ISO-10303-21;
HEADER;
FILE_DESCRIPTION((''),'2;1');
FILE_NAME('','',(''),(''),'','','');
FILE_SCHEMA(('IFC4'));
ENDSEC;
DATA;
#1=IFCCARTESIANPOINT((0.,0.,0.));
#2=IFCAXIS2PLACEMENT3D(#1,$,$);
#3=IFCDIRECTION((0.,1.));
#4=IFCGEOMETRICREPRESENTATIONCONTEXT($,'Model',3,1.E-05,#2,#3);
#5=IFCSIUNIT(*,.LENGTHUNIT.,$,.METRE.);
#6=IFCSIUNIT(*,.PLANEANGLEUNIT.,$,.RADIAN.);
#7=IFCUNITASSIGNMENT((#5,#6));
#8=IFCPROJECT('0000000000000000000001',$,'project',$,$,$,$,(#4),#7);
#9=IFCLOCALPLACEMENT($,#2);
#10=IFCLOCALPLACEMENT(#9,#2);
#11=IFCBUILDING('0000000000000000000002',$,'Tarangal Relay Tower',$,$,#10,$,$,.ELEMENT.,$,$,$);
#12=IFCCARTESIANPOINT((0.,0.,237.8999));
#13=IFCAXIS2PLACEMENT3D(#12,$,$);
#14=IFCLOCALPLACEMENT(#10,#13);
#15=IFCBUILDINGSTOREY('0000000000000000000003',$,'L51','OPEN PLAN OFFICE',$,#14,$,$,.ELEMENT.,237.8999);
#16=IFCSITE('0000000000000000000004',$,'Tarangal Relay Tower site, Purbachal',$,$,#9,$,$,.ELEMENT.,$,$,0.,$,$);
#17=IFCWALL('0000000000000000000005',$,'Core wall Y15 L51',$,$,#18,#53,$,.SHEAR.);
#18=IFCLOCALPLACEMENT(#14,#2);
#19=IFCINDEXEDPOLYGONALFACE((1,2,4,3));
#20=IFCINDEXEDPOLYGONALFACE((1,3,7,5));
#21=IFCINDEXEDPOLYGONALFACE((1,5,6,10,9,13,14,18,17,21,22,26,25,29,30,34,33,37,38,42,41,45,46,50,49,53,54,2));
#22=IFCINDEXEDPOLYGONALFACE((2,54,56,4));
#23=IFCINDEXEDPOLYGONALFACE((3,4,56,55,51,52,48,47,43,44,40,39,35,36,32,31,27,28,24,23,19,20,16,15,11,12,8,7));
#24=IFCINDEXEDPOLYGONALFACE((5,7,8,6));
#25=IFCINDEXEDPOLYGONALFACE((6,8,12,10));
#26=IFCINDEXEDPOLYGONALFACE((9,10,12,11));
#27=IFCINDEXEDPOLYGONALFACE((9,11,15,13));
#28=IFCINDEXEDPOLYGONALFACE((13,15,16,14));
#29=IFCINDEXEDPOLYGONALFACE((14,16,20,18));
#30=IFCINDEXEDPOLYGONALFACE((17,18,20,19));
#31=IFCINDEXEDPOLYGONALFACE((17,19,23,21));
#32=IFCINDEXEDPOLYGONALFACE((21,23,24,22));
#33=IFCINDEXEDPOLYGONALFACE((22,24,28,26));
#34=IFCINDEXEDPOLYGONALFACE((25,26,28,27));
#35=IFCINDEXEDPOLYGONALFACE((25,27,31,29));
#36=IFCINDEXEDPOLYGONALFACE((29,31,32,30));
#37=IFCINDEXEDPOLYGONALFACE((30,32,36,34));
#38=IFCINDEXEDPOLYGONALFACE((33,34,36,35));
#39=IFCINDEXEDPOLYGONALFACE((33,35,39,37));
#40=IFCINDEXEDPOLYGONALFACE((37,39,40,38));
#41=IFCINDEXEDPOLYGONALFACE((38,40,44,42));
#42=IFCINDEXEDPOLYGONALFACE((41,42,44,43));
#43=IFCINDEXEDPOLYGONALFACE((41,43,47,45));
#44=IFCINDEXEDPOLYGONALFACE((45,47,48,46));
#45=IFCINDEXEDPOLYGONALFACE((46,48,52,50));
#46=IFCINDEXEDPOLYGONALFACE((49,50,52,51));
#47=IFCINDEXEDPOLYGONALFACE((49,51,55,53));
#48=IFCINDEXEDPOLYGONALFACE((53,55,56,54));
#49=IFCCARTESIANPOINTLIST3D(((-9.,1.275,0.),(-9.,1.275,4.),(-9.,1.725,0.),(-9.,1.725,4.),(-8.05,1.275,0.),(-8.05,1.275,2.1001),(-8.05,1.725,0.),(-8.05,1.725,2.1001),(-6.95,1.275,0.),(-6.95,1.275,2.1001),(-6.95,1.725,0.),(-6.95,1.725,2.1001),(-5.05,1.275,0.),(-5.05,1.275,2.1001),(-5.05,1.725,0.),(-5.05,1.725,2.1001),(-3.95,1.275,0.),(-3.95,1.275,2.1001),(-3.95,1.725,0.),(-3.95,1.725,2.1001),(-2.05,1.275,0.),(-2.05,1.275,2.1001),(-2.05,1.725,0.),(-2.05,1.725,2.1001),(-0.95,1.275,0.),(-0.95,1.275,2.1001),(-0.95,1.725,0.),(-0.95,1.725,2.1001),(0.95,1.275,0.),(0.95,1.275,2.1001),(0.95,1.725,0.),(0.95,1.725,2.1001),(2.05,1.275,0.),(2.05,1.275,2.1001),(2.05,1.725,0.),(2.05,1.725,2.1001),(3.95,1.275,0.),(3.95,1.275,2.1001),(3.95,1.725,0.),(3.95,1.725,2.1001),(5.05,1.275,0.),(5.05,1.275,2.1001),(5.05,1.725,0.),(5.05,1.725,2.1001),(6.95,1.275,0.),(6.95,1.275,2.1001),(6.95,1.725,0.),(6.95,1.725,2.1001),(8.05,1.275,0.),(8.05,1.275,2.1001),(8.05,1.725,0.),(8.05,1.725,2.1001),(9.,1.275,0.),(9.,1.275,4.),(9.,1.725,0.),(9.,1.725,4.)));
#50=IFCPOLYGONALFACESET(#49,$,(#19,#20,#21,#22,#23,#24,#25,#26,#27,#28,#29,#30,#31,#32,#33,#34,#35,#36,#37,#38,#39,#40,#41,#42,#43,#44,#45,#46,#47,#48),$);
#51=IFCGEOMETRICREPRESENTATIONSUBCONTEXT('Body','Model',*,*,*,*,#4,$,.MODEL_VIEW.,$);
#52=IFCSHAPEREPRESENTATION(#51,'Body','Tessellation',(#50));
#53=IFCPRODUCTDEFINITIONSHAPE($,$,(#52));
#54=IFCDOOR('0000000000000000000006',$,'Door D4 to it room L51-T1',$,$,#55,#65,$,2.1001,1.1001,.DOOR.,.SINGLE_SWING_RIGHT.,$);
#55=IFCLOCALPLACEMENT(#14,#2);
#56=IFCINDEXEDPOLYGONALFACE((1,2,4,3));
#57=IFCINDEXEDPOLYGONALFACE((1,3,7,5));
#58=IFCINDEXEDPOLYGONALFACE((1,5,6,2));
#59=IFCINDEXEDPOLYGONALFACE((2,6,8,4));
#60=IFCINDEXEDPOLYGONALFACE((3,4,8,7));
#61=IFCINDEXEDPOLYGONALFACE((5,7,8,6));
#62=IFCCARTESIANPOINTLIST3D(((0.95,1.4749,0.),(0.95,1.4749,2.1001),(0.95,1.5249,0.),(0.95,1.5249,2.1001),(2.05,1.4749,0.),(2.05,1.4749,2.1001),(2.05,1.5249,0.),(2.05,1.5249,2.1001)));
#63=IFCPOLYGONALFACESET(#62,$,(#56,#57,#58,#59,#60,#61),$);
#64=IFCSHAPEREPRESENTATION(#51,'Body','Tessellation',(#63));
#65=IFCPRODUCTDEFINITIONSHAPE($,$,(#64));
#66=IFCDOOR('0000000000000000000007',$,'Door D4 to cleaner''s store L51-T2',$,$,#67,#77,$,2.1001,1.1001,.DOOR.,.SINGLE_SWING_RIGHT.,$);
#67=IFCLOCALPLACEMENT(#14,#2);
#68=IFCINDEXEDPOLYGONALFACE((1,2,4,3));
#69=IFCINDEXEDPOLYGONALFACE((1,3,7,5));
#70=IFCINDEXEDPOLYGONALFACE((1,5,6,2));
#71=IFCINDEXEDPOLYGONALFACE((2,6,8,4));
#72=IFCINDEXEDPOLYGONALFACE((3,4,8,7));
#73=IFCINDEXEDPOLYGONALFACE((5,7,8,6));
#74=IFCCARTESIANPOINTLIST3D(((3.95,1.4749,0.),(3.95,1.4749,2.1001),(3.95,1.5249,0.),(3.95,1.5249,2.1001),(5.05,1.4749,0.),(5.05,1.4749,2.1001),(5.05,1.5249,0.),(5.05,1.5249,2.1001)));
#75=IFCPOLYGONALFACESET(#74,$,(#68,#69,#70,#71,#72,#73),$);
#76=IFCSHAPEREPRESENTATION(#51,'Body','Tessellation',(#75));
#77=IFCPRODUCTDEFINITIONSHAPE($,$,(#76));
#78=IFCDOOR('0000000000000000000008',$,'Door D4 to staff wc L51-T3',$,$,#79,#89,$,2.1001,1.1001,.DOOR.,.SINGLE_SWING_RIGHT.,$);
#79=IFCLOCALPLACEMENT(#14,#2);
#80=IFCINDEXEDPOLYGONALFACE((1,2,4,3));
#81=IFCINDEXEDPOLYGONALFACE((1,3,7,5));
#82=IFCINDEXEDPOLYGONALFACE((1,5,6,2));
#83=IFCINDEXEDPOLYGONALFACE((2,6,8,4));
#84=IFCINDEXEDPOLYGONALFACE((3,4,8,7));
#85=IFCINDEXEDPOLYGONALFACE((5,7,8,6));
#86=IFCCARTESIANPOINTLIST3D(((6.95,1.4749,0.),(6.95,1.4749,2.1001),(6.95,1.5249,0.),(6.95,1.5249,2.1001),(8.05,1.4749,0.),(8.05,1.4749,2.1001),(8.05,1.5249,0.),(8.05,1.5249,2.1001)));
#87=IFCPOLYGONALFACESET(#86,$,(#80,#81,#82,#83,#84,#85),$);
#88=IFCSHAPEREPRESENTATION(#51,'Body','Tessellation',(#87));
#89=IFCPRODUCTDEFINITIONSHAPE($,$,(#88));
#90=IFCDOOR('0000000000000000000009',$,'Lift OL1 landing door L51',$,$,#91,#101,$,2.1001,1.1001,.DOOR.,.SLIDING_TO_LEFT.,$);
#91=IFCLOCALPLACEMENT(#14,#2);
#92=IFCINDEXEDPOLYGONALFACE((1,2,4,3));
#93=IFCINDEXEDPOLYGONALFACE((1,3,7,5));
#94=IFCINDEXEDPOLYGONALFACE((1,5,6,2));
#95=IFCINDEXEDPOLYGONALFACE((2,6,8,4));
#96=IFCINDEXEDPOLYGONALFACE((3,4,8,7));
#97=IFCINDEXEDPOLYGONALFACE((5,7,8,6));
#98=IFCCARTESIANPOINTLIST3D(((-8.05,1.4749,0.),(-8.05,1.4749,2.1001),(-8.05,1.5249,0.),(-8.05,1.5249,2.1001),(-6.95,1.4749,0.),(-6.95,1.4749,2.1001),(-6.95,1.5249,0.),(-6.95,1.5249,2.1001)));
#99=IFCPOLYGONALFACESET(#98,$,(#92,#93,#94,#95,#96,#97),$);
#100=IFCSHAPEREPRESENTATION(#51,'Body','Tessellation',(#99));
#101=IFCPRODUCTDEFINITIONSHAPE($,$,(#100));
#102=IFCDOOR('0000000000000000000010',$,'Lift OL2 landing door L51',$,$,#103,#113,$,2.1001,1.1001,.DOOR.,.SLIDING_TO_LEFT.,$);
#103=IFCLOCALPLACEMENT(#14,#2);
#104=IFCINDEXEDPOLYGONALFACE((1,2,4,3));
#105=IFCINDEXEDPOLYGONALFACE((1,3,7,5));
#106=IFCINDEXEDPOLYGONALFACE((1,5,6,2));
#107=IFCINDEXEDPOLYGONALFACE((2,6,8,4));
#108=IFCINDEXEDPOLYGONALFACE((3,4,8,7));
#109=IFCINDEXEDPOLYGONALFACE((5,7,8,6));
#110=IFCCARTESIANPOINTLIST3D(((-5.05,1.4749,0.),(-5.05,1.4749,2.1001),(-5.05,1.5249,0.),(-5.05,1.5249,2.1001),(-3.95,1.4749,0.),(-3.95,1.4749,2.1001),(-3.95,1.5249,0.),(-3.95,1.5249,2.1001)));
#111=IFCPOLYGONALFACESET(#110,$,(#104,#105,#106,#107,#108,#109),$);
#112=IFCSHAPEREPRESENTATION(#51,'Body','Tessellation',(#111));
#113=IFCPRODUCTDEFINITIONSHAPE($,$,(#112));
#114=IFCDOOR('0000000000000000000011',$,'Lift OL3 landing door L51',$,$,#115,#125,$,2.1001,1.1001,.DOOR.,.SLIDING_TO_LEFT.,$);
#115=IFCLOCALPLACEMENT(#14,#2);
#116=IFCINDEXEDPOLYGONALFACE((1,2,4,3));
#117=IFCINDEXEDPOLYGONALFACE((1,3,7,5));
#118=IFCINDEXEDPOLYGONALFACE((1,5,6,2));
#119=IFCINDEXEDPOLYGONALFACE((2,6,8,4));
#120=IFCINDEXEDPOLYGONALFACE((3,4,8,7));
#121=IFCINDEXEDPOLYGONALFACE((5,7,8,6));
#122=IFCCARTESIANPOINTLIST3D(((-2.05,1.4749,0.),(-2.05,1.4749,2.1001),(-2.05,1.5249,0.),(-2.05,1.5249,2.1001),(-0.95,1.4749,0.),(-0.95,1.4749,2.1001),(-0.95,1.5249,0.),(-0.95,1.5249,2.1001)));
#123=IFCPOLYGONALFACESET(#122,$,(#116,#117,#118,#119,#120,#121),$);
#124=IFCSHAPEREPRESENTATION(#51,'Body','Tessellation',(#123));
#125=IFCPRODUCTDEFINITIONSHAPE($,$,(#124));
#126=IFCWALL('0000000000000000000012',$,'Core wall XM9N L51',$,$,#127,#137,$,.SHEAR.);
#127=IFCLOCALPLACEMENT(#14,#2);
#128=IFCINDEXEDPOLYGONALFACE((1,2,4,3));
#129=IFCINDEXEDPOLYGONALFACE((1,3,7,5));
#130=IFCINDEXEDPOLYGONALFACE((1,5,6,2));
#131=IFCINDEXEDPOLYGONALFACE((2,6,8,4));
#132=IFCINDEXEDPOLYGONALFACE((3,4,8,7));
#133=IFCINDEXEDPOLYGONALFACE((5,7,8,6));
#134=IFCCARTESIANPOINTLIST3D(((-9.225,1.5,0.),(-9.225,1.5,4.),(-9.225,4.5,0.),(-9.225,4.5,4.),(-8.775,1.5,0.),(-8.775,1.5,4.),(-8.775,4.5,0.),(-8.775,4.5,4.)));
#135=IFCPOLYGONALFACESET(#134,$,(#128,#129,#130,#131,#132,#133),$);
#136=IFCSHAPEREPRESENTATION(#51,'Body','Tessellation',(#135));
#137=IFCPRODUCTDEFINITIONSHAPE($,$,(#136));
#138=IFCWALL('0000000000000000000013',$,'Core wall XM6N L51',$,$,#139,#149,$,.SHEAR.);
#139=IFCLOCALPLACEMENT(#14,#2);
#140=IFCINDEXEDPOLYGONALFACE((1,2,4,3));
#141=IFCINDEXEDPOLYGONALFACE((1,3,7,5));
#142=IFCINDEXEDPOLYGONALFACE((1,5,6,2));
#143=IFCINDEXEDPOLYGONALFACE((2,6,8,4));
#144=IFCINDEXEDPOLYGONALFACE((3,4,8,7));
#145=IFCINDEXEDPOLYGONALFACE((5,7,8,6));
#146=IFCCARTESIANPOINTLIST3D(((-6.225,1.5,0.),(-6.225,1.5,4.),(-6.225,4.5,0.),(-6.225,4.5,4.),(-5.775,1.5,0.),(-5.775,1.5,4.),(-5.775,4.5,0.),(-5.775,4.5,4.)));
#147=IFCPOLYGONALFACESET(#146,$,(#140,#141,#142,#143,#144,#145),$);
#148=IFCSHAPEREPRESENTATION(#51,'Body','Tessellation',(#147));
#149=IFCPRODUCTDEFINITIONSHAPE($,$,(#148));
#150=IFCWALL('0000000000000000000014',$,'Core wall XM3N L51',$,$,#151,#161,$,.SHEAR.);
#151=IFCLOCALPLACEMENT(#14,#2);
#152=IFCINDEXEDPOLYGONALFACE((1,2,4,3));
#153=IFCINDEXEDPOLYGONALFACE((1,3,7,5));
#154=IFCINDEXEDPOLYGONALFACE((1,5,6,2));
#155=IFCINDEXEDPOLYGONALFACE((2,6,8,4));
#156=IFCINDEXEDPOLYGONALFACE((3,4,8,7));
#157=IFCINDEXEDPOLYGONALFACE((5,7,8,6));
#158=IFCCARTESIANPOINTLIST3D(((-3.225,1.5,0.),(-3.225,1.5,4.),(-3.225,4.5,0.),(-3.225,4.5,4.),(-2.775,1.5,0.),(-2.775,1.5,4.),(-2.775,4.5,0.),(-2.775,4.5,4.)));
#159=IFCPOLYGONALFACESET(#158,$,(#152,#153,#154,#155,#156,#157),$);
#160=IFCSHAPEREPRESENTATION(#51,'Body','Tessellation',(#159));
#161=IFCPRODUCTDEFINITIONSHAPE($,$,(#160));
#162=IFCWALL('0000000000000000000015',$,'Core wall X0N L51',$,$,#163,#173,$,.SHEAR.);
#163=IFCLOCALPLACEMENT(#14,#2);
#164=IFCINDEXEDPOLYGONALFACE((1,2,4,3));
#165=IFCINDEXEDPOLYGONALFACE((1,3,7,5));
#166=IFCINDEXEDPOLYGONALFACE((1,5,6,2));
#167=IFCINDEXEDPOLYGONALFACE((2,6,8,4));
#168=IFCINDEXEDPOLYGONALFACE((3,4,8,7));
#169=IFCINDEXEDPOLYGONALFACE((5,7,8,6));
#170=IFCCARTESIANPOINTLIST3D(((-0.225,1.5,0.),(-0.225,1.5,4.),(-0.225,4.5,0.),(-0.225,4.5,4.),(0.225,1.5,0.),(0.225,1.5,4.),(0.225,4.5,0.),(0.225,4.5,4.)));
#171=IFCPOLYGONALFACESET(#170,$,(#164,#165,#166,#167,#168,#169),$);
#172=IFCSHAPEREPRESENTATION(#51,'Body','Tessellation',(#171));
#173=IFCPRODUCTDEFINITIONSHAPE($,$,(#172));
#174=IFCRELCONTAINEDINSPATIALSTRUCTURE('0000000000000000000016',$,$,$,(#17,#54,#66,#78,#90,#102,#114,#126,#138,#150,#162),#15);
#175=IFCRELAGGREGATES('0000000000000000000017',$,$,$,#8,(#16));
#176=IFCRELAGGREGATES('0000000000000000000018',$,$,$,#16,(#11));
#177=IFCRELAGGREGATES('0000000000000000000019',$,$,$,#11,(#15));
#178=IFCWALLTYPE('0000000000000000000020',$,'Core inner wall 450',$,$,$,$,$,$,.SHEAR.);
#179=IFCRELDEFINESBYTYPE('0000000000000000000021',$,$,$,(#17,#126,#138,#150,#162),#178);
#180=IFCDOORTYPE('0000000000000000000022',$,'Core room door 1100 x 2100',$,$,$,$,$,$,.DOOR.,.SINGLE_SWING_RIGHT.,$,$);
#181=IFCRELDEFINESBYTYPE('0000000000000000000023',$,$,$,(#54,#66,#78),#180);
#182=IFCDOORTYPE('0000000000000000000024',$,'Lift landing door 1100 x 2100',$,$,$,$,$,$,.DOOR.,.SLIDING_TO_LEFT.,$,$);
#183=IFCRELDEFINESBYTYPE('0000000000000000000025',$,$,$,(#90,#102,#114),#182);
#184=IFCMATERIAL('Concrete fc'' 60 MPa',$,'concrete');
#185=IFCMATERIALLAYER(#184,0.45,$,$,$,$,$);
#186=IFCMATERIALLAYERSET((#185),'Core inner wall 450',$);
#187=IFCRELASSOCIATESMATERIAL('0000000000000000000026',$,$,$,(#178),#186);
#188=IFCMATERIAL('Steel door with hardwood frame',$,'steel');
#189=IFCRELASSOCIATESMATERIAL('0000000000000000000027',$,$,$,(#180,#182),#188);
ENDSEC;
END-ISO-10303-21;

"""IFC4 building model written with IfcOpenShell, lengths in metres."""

from ifc_helpers import new_model, si_unit, direction, frame, frame_2d, origin, place, context, subcontext, project, spatial, rectangle, extrude, material, layer, layer_set, type_object, element, fill, save


model = new_model("IFC4")

# Units and contexts
model_context = context("Model", 3, precision=1e-05, world=origin(), true_north=direction((0.0, 1.0)))
body_context = subcontext(model_context, "Body", "Model", "MODEL_VIEW")
ifc_project = project(units=[si_unit("LENGTHUNIT", "METRE"), si_unit("PLANEANGLEUNIT", "RADIAN")], contexts=[model_context])

# Site, building, storey
site_placement = place(None, origin())
site = spatial("IfcSite", under=ifc_project, at=site_placement, Name="Tarangal Relay Tower site, Purbachal", CompositionType="ELEMENT", RefElevation=0.0)
building_placement = place(site_placement, origin())
building = spatial("IfcBuilding", under=site, at=building_placement, Name="Tarangal Relay Tower", CompositionType="ELEMENT")
storey_placement = place(building_placement, frame((0.0, 0.0, 237.8999)))
storey = spatial("IfcBuildingStorey", under=building, at=storey_placement, Name="L51", Description="OPEN PLAN OFFICE", CompositionType="ELEMENT", Elevation=237.8999)

# Wall, openings, doors
ifc_material_1 = material(Name="Concrete fc' 60 MPa", Category="concrete")
ifc_layer_1 = layer(ifc_material_1, 0.45)
ifc_layer_set_1 = layer_set([ifc_layer_1], Name="Core inner wall 450")
wall_type = type_object("IfcWallType", Name="Core inner wall 450", PredefinedType="SHEAR", material=ifc_layer_set_1)
ifc_material_2 = material(Name="Steel door with hardwood frame", Category="steel")
wall_1_placement = place(storey_placement, frame((-9.0, 1.5, 0.0), z_axis=(0.0, 0.0, 1.0), x_axis=(1.0, 0.0, 0.0)))
wall_1 = element("IfcWall", 1, at=wall_1_placement, inside=storey, type_object=wall_type, Name="Core wall Y15 L51", PredefinedType="SHEAR", context=body_context, shape_type="SweptSolid", body=[
    extrude(rectangle(XDim=18.0, YDim=0.45, at=frame_2d((9.0, 0.0))), origin(), (0.0, 0.0, 1.0), 4.0),
])
opening_1_placement = place(wall_1_placement, frame((0.95, 0.0, 0.0)))
opening_1 = element("IfcOpeningElement", 2, at=opening_1_placement, cuts=wall_1, PredefinedType="OPENING", context=body_context, shape_type="SweptSolid", body=[
    extrude(rectangle(XDim=1.1001, YDim=2.1001, at=frame_2d((0.55, 1.05))), frame((0.0, 0.2349, 0.0), z_axis=(0.0, -1.0, 0.0), x_axis=(1.0, 0.0, 0.0)), (0.0, 0.0, 1.0), 0.47),
])
opening_2_placement = place(wall_1_placement, frame((3.95, 0.0, 0.0)))
opening_2 = element("IfcOpeningElement", 3, at=opening_2_placement, cuts=wall_1, PredefinedType="OPENING", context=body_context, shape_type="SweptSolid", body=[
    extrude(rectangle(XDim=1.1001, YDim=2.1001, at=frame_2d((0.55, 1.05))), frame((0.0, 0.2349, 0.0), z_axis=(0.0, -1.0, 0.0), x_axis=(1.0, 0.0, 0.0)), (0.0, 0.0, 1.0), 0.47),
])
opening_3_placement = place(wall_1_placement, frame((6.95, 0.0, 0.0)))
opening_3 = element("IfcOpeningElement", 4, at=opening_3_placement, cuts=wall_1, PredefinedType="OPENING", context=body_context, shape_type="SweptSolid", body=[
    extrude(rectangle(XDim=1.1001, YDim=2.1001, at=frame_2d((0.55, 1.05))), frame((0.0, 0.2349, 0.0), z_axis=(0.0, -1.0, 0.0), x_axis=(1.0, 0.0, 0.0)), (0.0, 0.0, 1.0), 0.47),
])
opening_4_placement = place(wall_1_placement, frame((9.95, 0.0, 0.0)))
opening_4 = element("IfcOpeningElement", 5, at=opening_4_placement, cuts=wall_1, PredefinedType="OPENING", context=body_context, shape_type="SweptSolid", body=[
    extrude(rectangle(XDim=1.1001, YDim=2.1001, at=frame_2d((0.55, 1.05))), frame((0.0, 0.2349, 0.0), z_axis=(0.0, -1.0, 0.0), x_axis=(1.0, 0.0, 0.0)), (0.0, 0.0, 1.0), 0.47),
])
opening_5_placement = place(wall_1_placement, frame((12.95, 0.0, 0.0)))
opening_5 = element("IfcOpeningElement", 6, at=opening_5_placement, cuts=wall_1, PredefinedType="OPENING", context=body_context, shape_type="SweptSolid", body=[
    extrude(rectangle(XDim=1.1001, YDim=2.1001, at=frame_2d((0.55, 1.05))), frame((0.0, 0.2349, 0.0), z_axis=(0.0, -1.0, 0.0), x_axis=(1.0, 0.0, 0.0)), (0.0, 0.0, 1.0), 0.47),
])
opening_6_placement = place(wall_1_placement, frame((15.95, 0.0, 0.0)))
opening_6 = element("IfcOpeningElement", 7, at=opening_6_placement, cuts=wall_1, PredefinedType="OPENING", context=body_context, shape_type="SweptSolid", body=[
    extrude(rectangle(XDim=1.1001, YDim=2.1001, at=frame_2d((0.55, 1.05))), frame((0.0, 0.2349, 0.0), z_axis=(0.0, -1.0, 0.0), x_axis=(1.0, 0.0, 0.0)), (0.0, 0.0, 1.0), 0.47),
])
door_type_1 = type_object("IfcDoorType", Name="Core room door 1100 x 2100", OperationType="SINGLE_SWING_RIGHT", PredefinedType="DOOR", material=ifc_material_2)
door_1_placement = place(opening_4_placement, origin())
door_1 = element("IfcDoor", 8, at=door_1_placement, inside=storey, type_object=door_type_1, Name="Door D4 to it room L51-T1", OperationType="SINGLE_SWING_RIGHT", OverallHeight=2.1001, OverallWidth=1.1001, PredefinedType="DOOR", context=body_context, shape_type="SweptSolid", body=[
    extrude(rectangle(XDim=1.1001, YDim=2.1001, at=frame_2d((0.55, 1.05))), frame((0.0, 0.0249, 0.0), z_axis=(0.0, -1.0, 0.0), x_axis=(1.0, 0.0, 0.0)), (0.0, 0.0, 1.0), 0.05),
])
fill(opening_4, door_1)
door_2_placement = place(opening_5_placement, origin())
door_2 = element("IfcDoor", 9, at=door_2_placement, inside=storey, type_object=door_type_1, Name="Door D4 to cleaner's store L51-T2", OperationType="SINGLE_SWING_RIGHT", OverallHeight=2.1001, OverallWidth=1.1001, PredefinedType="DOOR", context=body_context, shape_type="SweptSolid", body=[
    extrude(rectangle(XDim=1.1001, YDim=2.1001, at=frame_2d((0.55, 1.05))), frame((0.0, 0.0249, 0.0), z_axis=(0.0, -1.0, 0.0), x_axis=(1.0, 0.0, 0.0)), (0.0, 0.0, 1.0), 0.05),
])
fill(opening_5, door_2)
door_3_placement = place(opening_6_placement, origin())
door_3 = element("IfcDoor", 10, at=door_3_placement, inside=storey, type_object=door_type_1, Name="Door D4 to staff wc L51-T3", OperationType="SINGLE_SWING_RIGHT", OverallHeight=2.1001, OverallWidth=1.1001, PredefinedType="DOOR", context=body_context, shape_type="SweptSolid", body=[
    extrude(rectangle(XDim=1.1001, YDim=2.1001, at=frame_2d((0.55, 1.05))), frame((0.0, 0.0249, 0.0), z_axis=(0.0, -1.0, 0.0), x_axis=(1.0, 0.0, 0.0)), (0.0, 0.0, 1.0), 0.05),
])
fill(opening_6, door_3)
door_type_2 = type_object("IfcDoorType", Name="Lift landing door 1100 x 2100", OperationType="SLIDING_TO_LEFT", PredefinedType="DOOR", material=ifc_material_2)
door_4_placement = place(opening_1_placement, origin())
door_4 = element("IfcDoor", 11, at=door_4_placement, inside=storey, type_object=door_type_2, Name="Lift OL1 landing door L51", OperationType="SLIDING_TO_LEFT", OverallHeight=2.1001, OverallWidth=1.1001, PredefinedType="DOOR", context=body_context, shape_type="SweptSolid", body=[
    extrude(rectangle(XDim=1.1001, YDim=2.1001, at=frame_2d((0.55, 1.05))), frame((0.0, 0.0249, 0.0), z_axis=(0.0, -1.0, 0.0), x_axis=(1.0, 0.0, 0.0)), (0.0, 0.0, 1.0), 0.05),
])
fill(opening_1, door_4)
door_5_placement = place(opening_2_placement, origin())
door_5 = element("IfcDoor", 12, at=door_5_placement, inside=storey, type_object=door_type_2, Name="Lift OL2 landing door L51", OperationType="SLIDING_TO_LEFT", OverallHeight=2.1001, OverallWidth=1.1001, PredefinedType="DOOR", context=body_context, shape_type="SweptSolid", body=[
    extrude(rectangle(XDim=1.1001, YDim=2.1001, at=frame_2d((0.55, 1.05))), frame((0.0, 0.0249, 0.0), z_axis=(0.0, -1.0, 0.0), x_axis=(1.0, 0.0, 0.0)), (0.0, 0.0, 1.0), 0.05),
])
fill(opening_2, door_5)
door_6_placement = place(opening_3_placement, origin())
door_6 = element("IfcDoor", 13, at=door_6_placement, inside=storey, type_object=door_type_2, Name="Lift OL3 landing door L51", OperationType="SLIDING_TO_LEFT", OverallHeight=2.1001, OverallWidth=1.1001, PredefinedType="DOOR", context=body_context, shape_type="SweptSolid", body=[
    extrude(rectangle(XDim=1.1001, YDim=2.1001, at=frame_2d((0.55, 1.05))), frame((0.0, 0.0249, 0.0), z_axis=(0.0, -1.0, 0.0), x_axis=(1.0, 0.0, 0.0)), (0.0, 0.0, 1.0), 0.05),
])
fill(opening_3, door_6)

# Walls
for number, where, z_axis, x_axis, name in (
    (14, (-9.0, 1.5, 0.0), (0.0, 0.0, 1.0), (0.0, 1.0, 0.0), "Core wall XM9N L51"),
    (15, (-6.0, 1.5, 0.0), (0.0, 0.0, 1.0), (0.0, 1.0, 0.0), "Core wall XM6N L51"),
    (16, (-3.0, 1.5, 0.0), (0.0, 0.0, 1.0), (0.0, 1.0, 0.0), "Core wall XM3N L51"),
    (17, (0.0, 1.5, 0.0), (0.0, 0.0, 1.0), (0.0, 1.0, 0.0), "Core wall X0N L51"),
):
    element("IfcWall", number, at=place(storey_placement, frame(where, z_axis=z_axis, x_axis=x_axis)), inside=storey, type_object=wall_type, Name=name, PredefinedType="SHEAR", context=body_context, shape_type="SweptSolid", body=[
        extrude(rectangle(XDim=3.0, YDim=0.45, at=frame_2d((1.5, 0.0))), origin(), (0.0, 0.0, 1.0), 4.0),
    ])

save(model, "model.ifc")
